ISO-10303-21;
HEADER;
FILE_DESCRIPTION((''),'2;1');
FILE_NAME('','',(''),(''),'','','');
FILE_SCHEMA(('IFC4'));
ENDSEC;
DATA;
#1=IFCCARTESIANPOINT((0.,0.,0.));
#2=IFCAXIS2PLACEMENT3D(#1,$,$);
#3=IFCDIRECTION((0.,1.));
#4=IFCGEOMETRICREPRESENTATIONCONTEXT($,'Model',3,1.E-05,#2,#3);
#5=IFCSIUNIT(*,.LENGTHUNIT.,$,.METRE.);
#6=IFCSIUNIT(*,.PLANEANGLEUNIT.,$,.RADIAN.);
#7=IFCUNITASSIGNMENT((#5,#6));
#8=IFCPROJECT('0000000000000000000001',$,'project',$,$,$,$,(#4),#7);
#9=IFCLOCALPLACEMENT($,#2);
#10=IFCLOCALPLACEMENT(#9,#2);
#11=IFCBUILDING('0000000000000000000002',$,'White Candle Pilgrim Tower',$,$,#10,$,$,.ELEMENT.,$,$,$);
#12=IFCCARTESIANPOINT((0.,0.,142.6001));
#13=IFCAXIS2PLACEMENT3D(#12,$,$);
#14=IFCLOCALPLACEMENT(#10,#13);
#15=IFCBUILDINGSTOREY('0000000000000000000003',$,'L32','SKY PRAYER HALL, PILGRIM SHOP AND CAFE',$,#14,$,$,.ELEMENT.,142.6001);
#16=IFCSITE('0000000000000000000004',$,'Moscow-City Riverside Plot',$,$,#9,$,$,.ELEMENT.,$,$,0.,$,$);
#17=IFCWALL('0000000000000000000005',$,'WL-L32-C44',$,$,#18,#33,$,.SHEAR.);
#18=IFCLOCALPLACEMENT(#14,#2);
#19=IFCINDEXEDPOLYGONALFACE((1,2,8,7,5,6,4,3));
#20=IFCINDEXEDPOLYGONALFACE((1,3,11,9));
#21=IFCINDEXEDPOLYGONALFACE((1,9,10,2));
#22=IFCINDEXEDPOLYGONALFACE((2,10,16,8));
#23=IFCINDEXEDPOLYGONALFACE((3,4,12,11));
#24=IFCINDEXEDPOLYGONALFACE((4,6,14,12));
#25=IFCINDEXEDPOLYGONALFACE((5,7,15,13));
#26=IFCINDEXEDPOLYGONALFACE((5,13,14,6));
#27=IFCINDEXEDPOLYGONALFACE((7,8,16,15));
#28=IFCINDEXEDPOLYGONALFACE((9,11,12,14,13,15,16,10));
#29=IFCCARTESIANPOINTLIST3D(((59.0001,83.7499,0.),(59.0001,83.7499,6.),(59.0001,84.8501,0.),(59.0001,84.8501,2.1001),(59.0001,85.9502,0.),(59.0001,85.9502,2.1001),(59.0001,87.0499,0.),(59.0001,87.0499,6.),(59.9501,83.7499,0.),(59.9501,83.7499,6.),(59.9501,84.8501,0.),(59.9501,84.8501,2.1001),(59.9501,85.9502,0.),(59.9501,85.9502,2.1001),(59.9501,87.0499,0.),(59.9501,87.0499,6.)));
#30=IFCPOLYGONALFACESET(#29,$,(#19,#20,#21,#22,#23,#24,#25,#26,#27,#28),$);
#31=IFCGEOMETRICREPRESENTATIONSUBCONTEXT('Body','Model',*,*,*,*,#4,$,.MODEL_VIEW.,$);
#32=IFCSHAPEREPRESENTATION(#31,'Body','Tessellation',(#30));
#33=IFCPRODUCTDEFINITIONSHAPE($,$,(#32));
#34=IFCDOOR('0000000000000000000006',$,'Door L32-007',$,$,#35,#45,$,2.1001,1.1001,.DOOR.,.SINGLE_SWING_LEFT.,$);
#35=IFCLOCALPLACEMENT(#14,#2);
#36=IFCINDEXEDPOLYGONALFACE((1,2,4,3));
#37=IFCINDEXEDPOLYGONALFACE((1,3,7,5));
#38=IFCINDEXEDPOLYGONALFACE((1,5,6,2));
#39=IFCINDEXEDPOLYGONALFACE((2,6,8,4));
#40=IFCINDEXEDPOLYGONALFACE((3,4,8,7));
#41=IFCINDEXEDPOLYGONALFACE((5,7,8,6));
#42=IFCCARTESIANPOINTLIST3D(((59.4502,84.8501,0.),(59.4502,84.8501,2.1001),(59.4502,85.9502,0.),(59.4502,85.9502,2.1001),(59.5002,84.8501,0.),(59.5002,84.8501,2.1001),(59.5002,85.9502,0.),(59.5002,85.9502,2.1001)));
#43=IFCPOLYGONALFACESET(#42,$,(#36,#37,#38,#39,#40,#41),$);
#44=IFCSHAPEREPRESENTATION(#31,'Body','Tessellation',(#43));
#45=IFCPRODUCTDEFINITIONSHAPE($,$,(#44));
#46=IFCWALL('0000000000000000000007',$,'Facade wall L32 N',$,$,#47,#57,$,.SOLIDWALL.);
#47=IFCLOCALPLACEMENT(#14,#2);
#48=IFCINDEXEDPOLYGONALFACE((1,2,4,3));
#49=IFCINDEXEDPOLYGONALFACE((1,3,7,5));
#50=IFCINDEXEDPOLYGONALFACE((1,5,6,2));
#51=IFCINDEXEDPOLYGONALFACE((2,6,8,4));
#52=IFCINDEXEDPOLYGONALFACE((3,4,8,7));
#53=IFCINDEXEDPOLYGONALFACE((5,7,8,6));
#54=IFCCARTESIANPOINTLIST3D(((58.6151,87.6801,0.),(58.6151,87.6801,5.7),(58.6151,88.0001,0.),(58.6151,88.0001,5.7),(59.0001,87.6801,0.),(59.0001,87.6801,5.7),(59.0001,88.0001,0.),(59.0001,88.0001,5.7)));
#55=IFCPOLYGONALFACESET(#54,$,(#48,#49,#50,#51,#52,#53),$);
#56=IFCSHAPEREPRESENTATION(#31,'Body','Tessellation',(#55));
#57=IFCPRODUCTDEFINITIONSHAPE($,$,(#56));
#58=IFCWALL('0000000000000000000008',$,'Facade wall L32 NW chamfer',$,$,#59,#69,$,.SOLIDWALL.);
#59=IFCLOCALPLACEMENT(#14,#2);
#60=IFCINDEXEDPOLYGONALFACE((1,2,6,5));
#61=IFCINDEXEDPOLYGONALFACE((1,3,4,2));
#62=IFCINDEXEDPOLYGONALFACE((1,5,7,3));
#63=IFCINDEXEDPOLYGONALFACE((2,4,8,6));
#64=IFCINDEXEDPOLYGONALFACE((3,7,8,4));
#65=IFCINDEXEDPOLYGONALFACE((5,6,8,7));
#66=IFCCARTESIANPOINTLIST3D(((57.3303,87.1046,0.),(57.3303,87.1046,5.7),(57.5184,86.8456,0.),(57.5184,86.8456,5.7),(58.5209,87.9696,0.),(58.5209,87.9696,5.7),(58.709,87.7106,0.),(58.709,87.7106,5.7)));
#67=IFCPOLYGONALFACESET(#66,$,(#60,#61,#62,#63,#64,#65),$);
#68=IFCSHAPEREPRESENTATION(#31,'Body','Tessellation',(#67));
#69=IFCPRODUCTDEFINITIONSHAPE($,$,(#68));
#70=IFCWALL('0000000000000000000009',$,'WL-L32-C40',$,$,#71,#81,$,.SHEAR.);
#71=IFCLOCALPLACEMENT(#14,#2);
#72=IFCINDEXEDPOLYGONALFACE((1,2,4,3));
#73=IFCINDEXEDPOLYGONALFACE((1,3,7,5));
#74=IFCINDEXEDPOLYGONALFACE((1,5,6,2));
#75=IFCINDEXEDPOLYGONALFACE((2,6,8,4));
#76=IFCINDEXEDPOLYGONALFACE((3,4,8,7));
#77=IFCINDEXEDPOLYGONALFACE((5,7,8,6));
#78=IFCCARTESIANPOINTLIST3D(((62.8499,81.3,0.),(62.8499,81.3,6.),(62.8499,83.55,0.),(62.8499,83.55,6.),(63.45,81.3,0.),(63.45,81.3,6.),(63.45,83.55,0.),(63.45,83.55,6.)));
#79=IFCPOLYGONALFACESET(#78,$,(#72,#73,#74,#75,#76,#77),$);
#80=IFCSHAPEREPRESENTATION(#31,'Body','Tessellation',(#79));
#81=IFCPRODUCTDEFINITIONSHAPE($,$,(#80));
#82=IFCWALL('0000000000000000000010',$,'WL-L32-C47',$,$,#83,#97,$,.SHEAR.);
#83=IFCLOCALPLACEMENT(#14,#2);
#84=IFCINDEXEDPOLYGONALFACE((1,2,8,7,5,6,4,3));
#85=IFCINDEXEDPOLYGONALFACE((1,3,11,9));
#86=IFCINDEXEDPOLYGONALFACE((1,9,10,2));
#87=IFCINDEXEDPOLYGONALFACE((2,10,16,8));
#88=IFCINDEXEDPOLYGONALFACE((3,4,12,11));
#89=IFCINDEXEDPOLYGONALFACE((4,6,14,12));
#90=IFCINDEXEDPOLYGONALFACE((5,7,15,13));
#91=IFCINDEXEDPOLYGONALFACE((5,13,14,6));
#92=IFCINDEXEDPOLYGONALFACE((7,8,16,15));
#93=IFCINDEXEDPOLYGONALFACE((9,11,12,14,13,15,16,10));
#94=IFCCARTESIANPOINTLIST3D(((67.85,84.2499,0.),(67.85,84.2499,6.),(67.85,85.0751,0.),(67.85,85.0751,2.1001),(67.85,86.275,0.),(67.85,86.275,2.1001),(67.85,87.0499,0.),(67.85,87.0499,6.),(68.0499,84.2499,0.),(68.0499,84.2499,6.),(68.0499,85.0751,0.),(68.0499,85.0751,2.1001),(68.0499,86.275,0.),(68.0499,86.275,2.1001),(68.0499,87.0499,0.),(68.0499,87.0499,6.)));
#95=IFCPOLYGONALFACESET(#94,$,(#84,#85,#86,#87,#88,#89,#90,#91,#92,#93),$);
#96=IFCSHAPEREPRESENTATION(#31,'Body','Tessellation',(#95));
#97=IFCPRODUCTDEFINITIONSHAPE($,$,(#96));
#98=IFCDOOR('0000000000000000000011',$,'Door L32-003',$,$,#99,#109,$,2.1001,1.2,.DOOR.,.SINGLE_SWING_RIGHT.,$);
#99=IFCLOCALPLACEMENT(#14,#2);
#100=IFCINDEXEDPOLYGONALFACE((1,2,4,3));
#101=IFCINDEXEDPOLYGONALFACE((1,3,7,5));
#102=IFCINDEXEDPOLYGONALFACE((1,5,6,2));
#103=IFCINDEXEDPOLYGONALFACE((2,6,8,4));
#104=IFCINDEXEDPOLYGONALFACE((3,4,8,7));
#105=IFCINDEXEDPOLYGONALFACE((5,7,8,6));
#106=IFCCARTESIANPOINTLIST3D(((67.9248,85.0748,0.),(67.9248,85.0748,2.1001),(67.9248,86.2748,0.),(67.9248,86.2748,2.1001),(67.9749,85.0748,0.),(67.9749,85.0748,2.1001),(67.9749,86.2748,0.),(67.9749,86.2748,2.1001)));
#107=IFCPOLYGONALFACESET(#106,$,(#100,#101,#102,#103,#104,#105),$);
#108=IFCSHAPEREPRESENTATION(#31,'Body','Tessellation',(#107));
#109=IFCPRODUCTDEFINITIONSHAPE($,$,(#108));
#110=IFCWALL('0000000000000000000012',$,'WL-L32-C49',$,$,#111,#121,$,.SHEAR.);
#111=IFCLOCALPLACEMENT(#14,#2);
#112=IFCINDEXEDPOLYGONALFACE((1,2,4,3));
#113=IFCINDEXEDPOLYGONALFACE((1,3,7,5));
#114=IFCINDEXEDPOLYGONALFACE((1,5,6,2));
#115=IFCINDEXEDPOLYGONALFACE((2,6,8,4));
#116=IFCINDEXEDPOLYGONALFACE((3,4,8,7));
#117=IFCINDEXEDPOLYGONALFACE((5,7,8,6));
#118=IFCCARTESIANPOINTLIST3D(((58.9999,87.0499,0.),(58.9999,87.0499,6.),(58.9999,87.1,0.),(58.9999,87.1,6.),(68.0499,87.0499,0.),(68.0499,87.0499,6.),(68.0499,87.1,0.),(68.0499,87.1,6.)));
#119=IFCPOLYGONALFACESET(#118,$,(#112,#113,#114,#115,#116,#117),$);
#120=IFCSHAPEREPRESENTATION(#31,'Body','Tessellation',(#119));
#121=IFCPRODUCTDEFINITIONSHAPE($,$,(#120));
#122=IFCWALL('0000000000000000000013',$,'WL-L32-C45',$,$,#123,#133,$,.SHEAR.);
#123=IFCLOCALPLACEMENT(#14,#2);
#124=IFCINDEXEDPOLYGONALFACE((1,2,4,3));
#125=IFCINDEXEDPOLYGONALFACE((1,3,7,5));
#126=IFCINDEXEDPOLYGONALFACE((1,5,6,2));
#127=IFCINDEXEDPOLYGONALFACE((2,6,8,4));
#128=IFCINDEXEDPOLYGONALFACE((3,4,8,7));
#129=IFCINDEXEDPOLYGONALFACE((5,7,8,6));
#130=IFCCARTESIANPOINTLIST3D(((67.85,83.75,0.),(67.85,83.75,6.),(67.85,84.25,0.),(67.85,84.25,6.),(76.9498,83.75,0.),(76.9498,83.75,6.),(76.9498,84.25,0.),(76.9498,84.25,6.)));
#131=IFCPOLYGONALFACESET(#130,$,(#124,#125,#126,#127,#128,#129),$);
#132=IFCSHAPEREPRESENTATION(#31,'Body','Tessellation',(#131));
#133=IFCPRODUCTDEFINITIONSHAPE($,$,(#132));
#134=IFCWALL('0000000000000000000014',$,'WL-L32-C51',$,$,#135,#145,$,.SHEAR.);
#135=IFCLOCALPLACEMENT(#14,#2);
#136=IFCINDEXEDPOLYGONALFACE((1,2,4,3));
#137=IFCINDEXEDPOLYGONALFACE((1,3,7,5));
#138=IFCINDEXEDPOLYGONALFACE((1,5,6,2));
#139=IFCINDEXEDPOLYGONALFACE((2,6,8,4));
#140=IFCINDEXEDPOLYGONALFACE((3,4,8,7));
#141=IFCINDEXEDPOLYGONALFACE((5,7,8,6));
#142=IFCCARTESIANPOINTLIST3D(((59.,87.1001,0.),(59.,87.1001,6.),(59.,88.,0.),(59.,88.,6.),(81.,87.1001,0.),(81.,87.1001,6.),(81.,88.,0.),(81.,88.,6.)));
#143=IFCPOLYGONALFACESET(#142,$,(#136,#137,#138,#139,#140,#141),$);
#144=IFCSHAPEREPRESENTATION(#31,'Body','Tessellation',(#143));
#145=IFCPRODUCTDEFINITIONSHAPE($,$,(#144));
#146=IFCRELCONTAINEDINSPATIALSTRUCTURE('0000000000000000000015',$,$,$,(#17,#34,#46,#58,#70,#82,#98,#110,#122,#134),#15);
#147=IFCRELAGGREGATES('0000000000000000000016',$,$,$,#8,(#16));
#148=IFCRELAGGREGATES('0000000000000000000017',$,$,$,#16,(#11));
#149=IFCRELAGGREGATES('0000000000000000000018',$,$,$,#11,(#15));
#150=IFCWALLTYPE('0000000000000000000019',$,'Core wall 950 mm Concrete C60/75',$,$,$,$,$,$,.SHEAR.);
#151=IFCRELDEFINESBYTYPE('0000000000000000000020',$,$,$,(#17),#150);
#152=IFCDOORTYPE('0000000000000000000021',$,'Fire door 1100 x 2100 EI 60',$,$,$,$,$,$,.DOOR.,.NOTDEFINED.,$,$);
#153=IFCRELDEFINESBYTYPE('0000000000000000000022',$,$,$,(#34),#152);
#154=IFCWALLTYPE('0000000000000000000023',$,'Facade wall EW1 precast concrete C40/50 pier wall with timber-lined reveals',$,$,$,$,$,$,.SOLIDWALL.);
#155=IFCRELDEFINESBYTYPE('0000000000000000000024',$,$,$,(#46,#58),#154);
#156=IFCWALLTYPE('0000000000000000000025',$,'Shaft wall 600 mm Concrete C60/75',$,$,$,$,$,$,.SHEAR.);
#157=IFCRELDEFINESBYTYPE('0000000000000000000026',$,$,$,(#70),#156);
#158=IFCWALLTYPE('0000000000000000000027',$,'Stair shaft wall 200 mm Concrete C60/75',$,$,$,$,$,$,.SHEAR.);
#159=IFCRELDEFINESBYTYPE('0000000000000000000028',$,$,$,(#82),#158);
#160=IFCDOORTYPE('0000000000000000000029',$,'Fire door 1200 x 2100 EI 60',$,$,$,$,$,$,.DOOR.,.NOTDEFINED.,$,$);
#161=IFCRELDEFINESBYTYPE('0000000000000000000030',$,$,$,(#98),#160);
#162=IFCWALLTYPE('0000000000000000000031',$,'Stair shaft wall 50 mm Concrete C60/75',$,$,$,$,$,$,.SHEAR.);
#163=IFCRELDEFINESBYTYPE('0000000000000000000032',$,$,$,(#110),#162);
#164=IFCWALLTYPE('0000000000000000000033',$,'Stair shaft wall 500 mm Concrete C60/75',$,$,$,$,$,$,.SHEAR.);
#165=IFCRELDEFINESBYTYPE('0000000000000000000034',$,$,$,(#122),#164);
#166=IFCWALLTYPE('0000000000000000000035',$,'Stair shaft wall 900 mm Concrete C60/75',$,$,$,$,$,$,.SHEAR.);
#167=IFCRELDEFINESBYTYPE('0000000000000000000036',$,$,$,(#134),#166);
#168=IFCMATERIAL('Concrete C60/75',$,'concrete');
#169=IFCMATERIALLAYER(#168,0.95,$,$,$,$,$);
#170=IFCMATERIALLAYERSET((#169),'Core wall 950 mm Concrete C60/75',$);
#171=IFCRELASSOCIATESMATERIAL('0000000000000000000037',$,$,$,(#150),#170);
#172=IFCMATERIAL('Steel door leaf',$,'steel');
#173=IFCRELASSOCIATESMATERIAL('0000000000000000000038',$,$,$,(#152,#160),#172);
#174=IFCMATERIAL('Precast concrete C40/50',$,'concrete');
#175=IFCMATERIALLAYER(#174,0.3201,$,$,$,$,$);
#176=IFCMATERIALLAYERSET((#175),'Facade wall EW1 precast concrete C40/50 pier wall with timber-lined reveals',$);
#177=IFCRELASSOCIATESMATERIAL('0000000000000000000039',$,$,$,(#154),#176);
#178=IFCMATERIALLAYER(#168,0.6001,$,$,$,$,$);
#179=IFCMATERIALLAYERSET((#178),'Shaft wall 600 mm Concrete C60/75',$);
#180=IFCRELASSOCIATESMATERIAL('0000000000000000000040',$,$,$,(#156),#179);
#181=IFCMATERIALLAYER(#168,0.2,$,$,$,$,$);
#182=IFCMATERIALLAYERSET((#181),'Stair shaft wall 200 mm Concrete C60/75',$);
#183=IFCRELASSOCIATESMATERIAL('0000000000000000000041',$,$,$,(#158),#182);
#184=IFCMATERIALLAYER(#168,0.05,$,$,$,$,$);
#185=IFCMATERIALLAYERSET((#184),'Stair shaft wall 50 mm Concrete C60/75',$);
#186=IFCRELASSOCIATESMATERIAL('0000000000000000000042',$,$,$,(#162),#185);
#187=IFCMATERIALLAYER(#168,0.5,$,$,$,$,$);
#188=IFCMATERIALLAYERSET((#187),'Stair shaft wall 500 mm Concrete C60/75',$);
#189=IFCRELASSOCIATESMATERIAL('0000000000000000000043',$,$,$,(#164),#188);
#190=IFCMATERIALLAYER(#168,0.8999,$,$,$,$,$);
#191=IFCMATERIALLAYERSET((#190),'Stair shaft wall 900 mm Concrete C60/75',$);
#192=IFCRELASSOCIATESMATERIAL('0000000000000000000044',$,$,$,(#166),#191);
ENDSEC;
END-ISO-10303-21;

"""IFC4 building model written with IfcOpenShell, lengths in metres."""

from ifc_helpers import new_model, si_unit, direction, frame, frame_2d, origin, place, context, subcontext, project, spatial, rectangle, extrude, material, layer, layer_set, type_object, element, fill, save


model = new_model("IFC4")

# Units and contexts
model_context = context("Model", 3, precision=1e-05, world=origin(), true_north=direction((0.0, 1.0)))
body_context = subcontext(model_context, "Body", "Model", "MODEL_VIEW")
ifc_project = project(units=[si_unit("LENGTHUNIT", "METRE"), si_unit("PLANEANGLEUNIT", "RADIAN")], contexts=[model_context])

# Site, building, storey
site_placement = place(None, origin())
site = spatial("IfcSite", under=ifc_project, at=site_placement, Name="Moscow-City Riverside Plot", CompositionType="ELEMENT", RefElevation=0.0)
building_placement = place(site_placement, origin())
building = spatial("IfcBuilding", under=site, at=building_placement, Name="White Candle Pilgrim Tower", CompositionType="ELEMENT")
storey_placement = place(building_placement, frame((0.0, 0.0, 142.6001)))
storey = spatial("IfcBuildingStorey", under=building, at=storey_placement, Name="L32", Description="SKY PRAYER HALL, PILGRIM SHOP AND CAFE", CompositionType="ELEMENT", Elevation=142.6001)

# Shared definitions
ifc_material_1 = material(Name="Concrete C60/75", Category="concrete")

# Wall, opening, door
ifc_layer_1 = layer(ifc_material_1, 0.95)
ifc_layer_set_1 = layer_set([ifc_layer_1], Name="Core wall 950 mm Concrete C60/75")
wall_type_1 = type_object("IfcWallType", Name="Core wall 950 mm Concrete C60/75", PredefinedType="SHEAR", material=ifc_layer_set_1)
wall_1_placement = place(storey_placement, frame((59.4751, 83.75, 0.0), z_axis=(0.0, 0.0, 1.0), x_axis=(0.0, 1.0, 0.0)))
wall_1 = element("IfcWall", 1, at=wall_1_placement, inside=storey, type_object=wall_type_1, Name="WL-L32-C44", PredefinedType="SHEAR", context=body_context, shape_type="SweptSolid", body=[
    extrude(rectangle(XDim=3.3, YDim=0.95, at=frame_2d((1.6499, 0.0))), origin(), (0.0, 0.0, 1.0), 6.0),
])
opening_1_placement = place(wall_1_placement, frame((1.1001, 0.0, 0.0)))
opening_1 = element("IfcOpeningElement", 2, at=opening_1_placement, cuts=wall_1, PredefinedType="OPENING", context=body_context, shape_type="SweptSolid", body=[
    extrude(rectangle(XDim=1.1001, YDim=2.1001, at=frame_2d((0.55, 1.05))), frame((0.0, 0.4849, 0.0), z_axis=(0.0, -1.0, 0.0), x_axis=(1.0, 0.0, 0.0)), (0.0, 0.0, 1.0), 0.97),
])
ifc_material_2 = material(Name="Steel door leaf", Category="steel")
door_type_1 = type_object("IfcDoorType", Name="Fire door 1100 x 2100 EI 60", OperationType="NOTDEFINED", PredefinedType="DOOR", material=ifc_material_2)
door_1_placement = place(opening_1_placement, origin())
door_1 = element("IfcDoor", 3, at=door_1_placement, inside=storey, type_object=door_type_1, Name="Door L32-007", OperationType="SINGLE_SWING_LEFT", OverallHeight=2.1001, OverallWidth=1.1001, PredefinedType="DOOR", context=body_context, shape_type="SweptSolid", body=[
    extrude(rectangle(XDim=1.1001, YDim=2.1001, at=frame_2d((0.55, 1.05))), frame((0.0, 0.0249, 0.0), z_axis=(0.0, -1.0, 0.0), x_axis=(1.0, 0.0, 0.0)), (0.0, 0.0, 1.0), 0.05),
])
fill(opening_1, door_1)

# Walls
ifc_material_3 = material(Name="Precast concrete C40/50", Category="concrete")
ifc_layer_2 = layer(ifc_material_3, 0.3201)
ifc_layer_set_2 = layer_set([ifc_layer_2], Name="Facade wall EW1 precast concrete C40/50 pier wall with timber-lined reveals")
wall_type_2 = type_object("IfcWallType", Name="Facade wall EW1 precast concrete C40/50 pier wall with timber-lined reveals", PredefinedType="SOLIDWALL", material=ifc_layer_set_2)
wall_2_placement = place(storey_placement, frame((59.0, 87.8401, 0.0), z_axis=(0.0, 0.0, 1.0), x_axis=(-1.0, 0.0, 0.0)))
element("IfcWall", 4, at=wall_2_placement, inside=storey, type_object=wall_type_2, Name="Facade wall L32 N", PredefinedType="SOLIDWALL", context=body_context, shape_type="SweptSolid", body=[
    extrude(rectangle(XDim=0.385, YDim=0.3201, at=frame_2d((0.1924, 0.0))), origin(), (0.0, 0.0, 1.0), 5.7),
])
wall_3_placement = place(storey_placement, frame((58.615, 87.8401, 0.0), z_axis=(0.0, 0.0, 1.0), x_axis=(-0.809044, -0.587747, 0.0)))
element("IfcWall", 5, at=wall_3_placement, inside=storey, type_object=wall_type_2, Name="Facade wall L32 NW chamfer", PredefinedType="SOLIDWALL", context=body_context, shape_type="SweptSolid", body=[
    extrude(rectangle(XDim=1.4717, YDim=0.3201, at=frame_2d((0.7358, 0.0))), origin(), (0.0, 0.0, 1.0), 5.7),
])
ifc_layer_3 = layer(ifc_material_1, 0.6001)
ifc_layer_set_3 = layer_set([ifc_layer_3], Name="Shaft wall 600 mm Concrete C60/75")
wall_type_3 = type_object("IfcWallType", Name="Shaft wall 600 mm Concrete C60/75", PredefinedType="SHEAR", material=ifc_layer_set_3)
wall_4_placement = place(storey_placement, frame((63.1499, 81.3, 0.0), z_axis=(0.0, 0.0, 1.0), x_axis=(0.0, 1.0, 0.0)))
element("IfcWall", 6, at=wall_4_placement, inside=storey, type_object=wall_type_3, Name="WL-L32-C40", PredefinedType="SHEAR", context=body_context, shape_type="SweptSolid", body=[
    extrude(rectangle(XDim=2.25, YDim=0.6001, at=frame_2d((1.125, 0.0))), origin(), (0.0, 0.0, 1.0), 6.0),
])

# Wall, opening, door
ifc_layer_4 = layer(ifc_material_1, 0.2)
ifc_layer_set_4 = layer_set([ifc_layer_4], Name="Stair shaft wall 200 mm Concrete C60/75")
wall_type_4 = type_object("IfcWallType", Name="Stair shaft wall 200 mm Concrete C60/75", PredefinedType="SHEAR", material=ifc_layer_set_4)
wall_5_placement = place(storey_placement, frame((67.95, 84.25, 0.0), z_axis=(0.0, 0.0, 1.0), x_axis=(0.0, 1.0, 0.0)))
wall_5 = element("IfcWall", 7, at=wall_5_placement, inside=storey, type_object=wall_type_4, Name="WL-L32-C47", PredefinedType="SHEAR", context=body_context, shape_type="SweptSolid", body=[
    extrude(rectangle(XDim=2.8, YDim=0.2, at=frame_2d((1.3999, 0.0))), origin(), (0.0, 0.0, 1.0), 6.0),
])
opening_2_placement = place(wall_5_placement, frame((0.825, 0.0, 0.0)))
opening_2 = element("IfcOpeningElement", 8, at=opening_2_placement, cuts=wall_5, PredefinedType="OPENING", context=body_context, shape_type="SweptSolid", body=[
    extrude(rectangle(XDim=1.2, YDim=2.1001, at=frame_2d((0.6001, 1.05))), frame((0.0, 0.1099, 0.0), z_axis=(0.0, -1.0, 0.0), x_axis=(1.0, 0.0, 0.0)), (0.0, 0.0, 1.0), 0.22),
])
door_type_2 = type_object("IfcDoorType", Name="Fire door 1200 x 2100 EI 60", OperationType="NOTDEFINED", PredefinedType="DOOR", material=ifc_material_2)
door_2_placement = place(opening_2_placement, frame((1.2, 0.0, 0.0), z_axis=(0.0, 0.0, 1.0), x_axis=(-1.0, 0.0, 0.0)))
door_2 = element("IfcDoor", 9, at=door_2_placement, inside=storey, type_object=door_type_2, Name="Door L32-003", OperationType="SINGLE_SWING_RIGHT", OverallHeight=2.1001, OverallWidth=1.2, PredefinedType="DOOR", context=body_context, shape_type="SweptSolid", body=[
    extrude(rectangle(XDim=1.2, YDim=2.1001, at=frame_2d((0.6001, 1.05))), frame((0.0, 0.0249, 0.0), z_axis=(0.0, -1.0, 0.0), x_axis=(1.0, 0.0, 0.0)), (0.0, 0.0, 1.0), 0.05),
])
fill(opening_2, door_2)

# Walls
ifc_layer_5 = layer(ifc_material_1, 0.05)
ifc_layer_set_5 = layer_set([ifc_layer_5], Name="Stair shaft wall 50 mm Concrete C60/75")
wall_type_5 = type_object("IfcWallType", Name="Stair shaft wall 50 mm Concrete C60/75", PredefinedType="SHEAR", material=ifc_layer_set_5)
wall_6_placement = place(storey_placement, frame((59.0, 87.075, 0.0), z_axis=(0.0, 0.0, 1.0), x_axis=(1.0, 0.0, 0.0)))
element("IfcWall", 10, at=wall_6_placement, inside=storey, type_object=wall_type_5, Name="WL-L32-C49", PredefinedType="SHEAR", context=body_context, shape_type="SweptSolid", body=[
    extrude(rectangle(XDim=9.05, YDim=0.05, at=frame_2d((4.5249, 0.0))), origin(), (0.0, 0.0, 1.0), 6.0),
])
ifc_layer_6 = layer(ifc_material_1, 0.5)
ifc_layer_set_6 = layer_set([ifc_layer_6], Name="Stair shaft wall 500 mm Concrete C60/75")
wall_type_6 = type_object("IfcWallType", Name="Stair shaft wall 500 mm Concrete C60/75", PredefinedType="SHEAR", material=ifc_layer_set_6)
wall_7_placement = place(storey_placement, frame((67.8501, 84.0, 0.0), z_axis=(0.0, 0.0, 1.0), x_axis=(1.0, 0.0, 0.0)))
element("IfcWall", 11, at=wall_7_placement, inside=storey, type_object=wall_type_6, Name="WL-L32-C45", PredefinedType="SHEAR", context=body_context, shape_type="SweptSolid", body=[
    extrude(rectangle(XDim=9.0999, YDim=0.5, at=frame_2d((4.5498, 0.0))), origin(), (0.0, 0.0, 1.0), 6.0),
])
ifc_layer_7 = layer(ifc_material_1, 0.8999)
ifc_layer_set_7 = layer_set([ifc_layer_7], Name="Stair shaft wall 900 mm Concrete C60/75")
wall_type_7 = type_object("IfcWallType", Name="Stair shaft wall 900 mm Concrete C60/75", PredefinedType="SHEAR", material=ifc_layer_set_7)
wall_8_placement = place(storey_placement, frame((59.0, 87.55, 0.0), z_axis=(0.0, 0.0, 1.0), x_axis=(1.0, 0.0, 0.0)))
element("IfcWall", 12, at=wall_8_placement, inside=storey, type_object=wall_type_7, Name="WL-L32-C51", PredefinedType="SHEAR", context=body_context, shape_type="SweptSolid", body=[
    extrude(rectangle(XDim=22.0, YDim=0.8999, at=frame_2d((11.0, 0.0))), origin(), (0.0, 0.0, 1.0), 6.0),
])

save(model, "model.ifc")
